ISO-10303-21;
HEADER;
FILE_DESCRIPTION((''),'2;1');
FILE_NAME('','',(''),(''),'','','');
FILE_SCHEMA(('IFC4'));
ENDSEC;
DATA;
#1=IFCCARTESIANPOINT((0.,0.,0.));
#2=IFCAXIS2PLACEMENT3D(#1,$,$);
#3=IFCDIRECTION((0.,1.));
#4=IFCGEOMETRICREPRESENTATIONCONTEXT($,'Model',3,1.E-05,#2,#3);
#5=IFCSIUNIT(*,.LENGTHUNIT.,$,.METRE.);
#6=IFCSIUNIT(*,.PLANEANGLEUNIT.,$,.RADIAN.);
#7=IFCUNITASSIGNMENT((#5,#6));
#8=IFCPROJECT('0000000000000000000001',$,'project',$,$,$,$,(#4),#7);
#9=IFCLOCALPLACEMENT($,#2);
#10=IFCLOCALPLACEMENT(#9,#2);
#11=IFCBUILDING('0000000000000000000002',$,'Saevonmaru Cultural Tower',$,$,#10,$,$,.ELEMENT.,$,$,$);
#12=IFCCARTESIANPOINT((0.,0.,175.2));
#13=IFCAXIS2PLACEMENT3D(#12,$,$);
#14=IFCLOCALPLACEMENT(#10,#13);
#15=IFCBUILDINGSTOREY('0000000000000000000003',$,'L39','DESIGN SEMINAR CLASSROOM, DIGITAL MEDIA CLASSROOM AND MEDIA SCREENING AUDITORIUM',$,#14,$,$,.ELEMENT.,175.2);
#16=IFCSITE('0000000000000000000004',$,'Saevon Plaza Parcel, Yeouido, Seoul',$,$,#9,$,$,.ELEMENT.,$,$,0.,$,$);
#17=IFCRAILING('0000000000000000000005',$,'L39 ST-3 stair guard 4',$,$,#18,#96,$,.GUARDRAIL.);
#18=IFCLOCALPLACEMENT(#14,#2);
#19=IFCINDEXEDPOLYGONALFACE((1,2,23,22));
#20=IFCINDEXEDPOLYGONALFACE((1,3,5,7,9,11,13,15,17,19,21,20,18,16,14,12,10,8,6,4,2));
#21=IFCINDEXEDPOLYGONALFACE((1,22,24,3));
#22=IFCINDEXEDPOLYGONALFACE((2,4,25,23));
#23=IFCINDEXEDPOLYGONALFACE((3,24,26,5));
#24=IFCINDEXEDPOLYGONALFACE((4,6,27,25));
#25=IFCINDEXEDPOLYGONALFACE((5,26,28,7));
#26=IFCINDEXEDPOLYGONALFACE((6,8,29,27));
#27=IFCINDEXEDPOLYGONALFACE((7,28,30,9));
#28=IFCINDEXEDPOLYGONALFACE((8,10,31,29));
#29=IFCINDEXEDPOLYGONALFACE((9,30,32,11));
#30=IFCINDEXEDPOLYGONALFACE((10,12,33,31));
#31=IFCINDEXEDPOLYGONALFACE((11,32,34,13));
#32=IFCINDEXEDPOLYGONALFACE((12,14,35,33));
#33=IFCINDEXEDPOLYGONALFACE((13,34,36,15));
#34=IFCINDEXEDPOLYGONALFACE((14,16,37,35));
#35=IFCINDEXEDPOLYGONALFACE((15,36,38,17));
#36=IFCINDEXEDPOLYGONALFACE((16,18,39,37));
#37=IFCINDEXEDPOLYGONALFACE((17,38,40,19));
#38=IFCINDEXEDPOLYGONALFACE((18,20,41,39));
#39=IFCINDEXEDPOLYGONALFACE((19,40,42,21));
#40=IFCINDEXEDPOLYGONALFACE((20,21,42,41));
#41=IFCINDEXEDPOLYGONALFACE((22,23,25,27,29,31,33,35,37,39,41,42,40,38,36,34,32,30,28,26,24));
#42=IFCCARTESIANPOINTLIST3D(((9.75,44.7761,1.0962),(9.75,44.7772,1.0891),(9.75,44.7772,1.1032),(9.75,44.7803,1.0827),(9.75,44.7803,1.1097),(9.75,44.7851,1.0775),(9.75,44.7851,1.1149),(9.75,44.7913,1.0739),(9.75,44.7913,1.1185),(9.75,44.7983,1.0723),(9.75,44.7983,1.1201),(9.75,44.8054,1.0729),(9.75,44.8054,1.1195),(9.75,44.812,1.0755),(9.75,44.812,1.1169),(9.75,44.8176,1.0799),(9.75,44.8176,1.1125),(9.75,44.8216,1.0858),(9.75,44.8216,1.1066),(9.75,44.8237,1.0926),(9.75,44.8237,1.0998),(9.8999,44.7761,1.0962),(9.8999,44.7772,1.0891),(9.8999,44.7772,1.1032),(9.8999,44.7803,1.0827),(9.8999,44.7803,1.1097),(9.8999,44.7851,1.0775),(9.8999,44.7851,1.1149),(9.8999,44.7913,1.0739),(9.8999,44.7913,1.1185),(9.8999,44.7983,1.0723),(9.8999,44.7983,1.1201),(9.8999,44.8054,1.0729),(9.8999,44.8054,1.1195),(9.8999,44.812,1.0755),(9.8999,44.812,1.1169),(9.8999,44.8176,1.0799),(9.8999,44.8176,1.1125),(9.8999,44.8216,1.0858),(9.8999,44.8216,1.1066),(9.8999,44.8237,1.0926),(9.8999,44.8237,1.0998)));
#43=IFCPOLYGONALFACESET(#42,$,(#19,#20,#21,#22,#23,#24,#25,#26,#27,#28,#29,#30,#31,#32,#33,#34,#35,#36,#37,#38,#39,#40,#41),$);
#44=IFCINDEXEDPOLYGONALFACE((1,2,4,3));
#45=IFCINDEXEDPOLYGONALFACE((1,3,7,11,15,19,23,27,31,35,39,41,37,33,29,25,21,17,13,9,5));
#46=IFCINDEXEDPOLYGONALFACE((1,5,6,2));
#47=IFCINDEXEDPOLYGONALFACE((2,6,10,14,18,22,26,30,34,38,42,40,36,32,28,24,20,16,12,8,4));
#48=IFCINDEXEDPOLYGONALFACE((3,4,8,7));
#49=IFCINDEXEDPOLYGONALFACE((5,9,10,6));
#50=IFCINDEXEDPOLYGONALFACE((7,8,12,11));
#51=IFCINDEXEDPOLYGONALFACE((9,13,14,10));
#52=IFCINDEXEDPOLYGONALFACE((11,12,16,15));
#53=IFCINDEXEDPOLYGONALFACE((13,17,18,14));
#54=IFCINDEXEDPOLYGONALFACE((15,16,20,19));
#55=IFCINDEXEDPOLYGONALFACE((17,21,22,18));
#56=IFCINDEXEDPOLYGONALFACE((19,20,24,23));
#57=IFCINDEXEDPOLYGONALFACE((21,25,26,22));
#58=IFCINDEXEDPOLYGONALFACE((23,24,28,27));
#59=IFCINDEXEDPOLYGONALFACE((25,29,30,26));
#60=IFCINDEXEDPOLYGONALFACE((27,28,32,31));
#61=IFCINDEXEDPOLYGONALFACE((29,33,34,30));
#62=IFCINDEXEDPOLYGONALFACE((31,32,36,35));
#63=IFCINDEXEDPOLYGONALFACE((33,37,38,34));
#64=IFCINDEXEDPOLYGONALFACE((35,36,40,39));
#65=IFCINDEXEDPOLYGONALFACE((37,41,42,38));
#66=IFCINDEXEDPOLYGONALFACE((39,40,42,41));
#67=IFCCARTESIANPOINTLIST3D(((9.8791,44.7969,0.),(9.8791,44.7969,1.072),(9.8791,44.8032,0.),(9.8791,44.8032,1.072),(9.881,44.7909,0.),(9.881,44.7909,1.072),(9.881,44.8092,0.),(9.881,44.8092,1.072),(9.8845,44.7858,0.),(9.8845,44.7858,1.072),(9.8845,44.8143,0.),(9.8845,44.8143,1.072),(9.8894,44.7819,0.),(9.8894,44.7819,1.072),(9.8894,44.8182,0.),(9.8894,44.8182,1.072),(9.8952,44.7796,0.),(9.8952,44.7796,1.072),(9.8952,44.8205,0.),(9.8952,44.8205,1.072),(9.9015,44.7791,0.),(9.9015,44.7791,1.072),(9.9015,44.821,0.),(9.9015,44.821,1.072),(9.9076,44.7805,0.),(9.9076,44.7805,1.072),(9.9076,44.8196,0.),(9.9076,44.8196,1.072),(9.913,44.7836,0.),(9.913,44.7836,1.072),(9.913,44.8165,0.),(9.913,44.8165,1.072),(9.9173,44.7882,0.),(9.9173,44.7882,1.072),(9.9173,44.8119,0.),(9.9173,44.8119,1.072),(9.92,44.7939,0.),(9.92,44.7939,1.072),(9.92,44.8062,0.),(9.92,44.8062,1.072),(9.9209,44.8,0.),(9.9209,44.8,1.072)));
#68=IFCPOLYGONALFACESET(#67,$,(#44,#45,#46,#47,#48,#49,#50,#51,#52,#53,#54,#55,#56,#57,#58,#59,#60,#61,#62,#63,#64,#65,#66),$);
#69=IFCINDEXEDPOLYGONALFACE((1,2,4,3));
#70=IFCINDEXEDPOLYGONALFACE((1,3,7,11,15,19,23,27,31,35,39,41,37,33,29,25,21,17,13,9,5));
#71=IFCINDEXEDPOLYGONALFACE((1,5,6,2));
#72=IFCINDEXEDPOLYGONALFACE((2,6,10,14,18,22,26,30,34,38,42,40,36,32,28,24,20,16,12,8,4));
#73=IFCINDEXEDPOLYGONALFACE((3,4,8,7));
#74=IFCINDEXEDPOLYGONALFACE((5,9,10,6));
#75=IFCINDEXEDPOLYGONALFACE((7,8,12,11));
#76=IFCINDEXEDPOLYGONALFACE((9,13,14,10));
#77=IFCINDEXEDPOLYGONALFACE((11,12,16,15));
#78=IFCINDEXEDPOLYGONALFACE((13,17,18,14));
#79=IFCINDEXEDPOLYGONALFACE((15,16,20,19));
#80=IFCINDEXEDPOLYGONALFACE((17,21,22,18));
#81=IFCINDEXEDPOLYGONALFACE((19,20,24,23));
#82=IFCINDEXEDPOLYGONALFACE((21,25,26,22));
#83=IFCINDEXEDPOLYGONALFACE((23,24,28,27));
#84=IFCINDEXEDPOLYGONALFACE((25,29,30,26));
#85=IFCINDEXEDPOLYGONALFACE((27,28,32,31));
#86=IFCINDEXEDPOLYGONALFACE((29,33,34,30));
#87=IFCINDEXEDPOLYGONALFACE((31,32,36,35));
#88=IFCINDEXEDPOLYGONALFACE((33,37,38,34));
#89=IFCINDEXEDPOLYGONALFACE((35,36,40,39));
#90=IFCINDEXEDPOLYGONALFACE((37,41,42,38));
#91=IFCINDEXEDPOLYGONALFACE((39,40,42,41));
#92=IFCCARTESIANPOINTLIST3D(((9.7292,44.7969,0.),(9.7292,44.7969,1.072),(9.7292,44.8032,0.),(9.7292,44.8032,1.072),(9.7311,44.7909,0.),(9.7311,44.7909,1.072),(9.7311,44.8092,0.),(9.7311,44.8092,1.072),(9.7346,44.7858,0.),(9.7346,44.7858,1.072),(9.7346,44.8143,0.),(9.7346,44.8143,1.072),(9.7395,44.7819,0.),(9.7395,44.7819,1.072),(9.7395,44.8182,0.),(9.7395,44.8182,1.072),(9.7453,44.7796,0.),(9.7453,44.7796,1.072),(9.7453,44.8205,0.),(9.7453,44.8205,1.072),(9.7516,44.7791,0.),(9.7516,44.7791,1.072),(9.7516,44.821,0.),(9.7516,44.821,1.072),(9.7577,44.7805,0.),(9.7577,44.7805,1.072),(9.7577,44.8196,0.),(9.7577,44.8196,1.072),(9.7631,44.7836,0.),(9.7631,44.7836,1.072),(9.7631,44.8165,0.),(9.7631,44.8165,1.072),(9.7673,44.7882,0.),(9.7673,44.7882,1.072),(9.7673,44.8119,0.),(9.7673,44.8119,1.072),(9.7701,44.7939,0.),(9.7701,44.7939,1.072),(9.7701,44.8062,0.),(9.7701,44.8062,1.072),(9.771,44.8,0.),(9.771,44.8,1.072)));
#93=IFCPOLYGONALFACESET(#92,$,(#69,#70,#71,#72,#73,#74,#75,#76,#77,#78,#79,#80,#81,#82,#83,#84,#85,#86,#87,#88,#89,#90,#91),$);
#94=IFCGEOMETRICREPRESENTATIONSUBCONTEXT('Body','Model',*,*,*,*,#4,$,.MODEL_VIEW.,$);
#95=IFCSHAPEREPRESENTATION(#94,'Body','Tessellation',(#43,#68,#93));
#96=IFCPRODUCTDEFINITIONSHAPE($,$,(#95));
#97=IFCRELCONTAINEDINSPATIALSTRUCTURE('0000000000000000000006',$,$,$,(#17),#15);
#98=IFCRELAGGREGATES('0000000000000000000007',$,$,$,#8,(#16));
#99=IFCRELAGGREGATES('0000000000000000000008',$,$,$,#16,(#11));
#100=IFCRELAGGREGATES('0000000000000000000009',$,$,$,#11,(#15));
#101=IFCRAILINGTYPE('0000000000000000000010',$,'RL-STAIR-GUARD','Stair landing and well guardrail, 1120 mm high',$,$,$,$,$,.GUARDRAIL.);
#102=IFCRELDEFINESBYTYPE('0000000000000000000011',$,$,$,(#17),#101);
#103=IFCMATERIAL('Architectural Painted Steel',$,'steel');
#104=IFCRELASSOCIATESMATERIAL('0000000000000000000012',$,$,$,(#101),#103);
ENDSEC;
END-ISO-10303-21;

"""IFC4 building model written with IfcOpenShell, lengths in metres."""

from ifc_helpers import new_model, si_unit, direction, frame, origin, origin_2d, place, context, subcontext, project, spatial, circle, extrude, material, type_object, element, save


model = new_model("IFC4")

# Units and contexts
model_context = context("Model", 3, precision=1e-05, world=origin(), true_north=direction((0.0, 1.0)))
body_context = subcontext(model_context, "Body", "Model", "MODEL_VIEW")
ifc_project = project(units=[si_unit("LENGTHUNIT", "METRE"), si_unit("PLANEANGLEUNIT", "RADIAN")], contexts=[model_context])

# Site, building, storey
site_placement = place(None, origin())
site = spatial("IfcSite", under=ifc_project, at=site_placement, Name="Saevon Plaza Parcel, Yeouido, Seoul", CompositionType="ELEMENT", RefElevation=0.0)
building_placement = place(site_placement, origin())
building = spatial("IfcBuilding", under=site, at=building_placement, Name="Saevonmaru Cultural Tower", CompositionType="ELEMENT")
storey_placement = place(building_placement, frame((0.0, 0.0, 175.2)))
storey = spatial("IfcBuildingStorey", under=building, at=storey_placement, Name="L39", Description="DESIGN SEMINAR CLASSROOM, DIGITAL MEDIA CLASSROOM AND MEDIA SCREENING AUDITORIUM", CompositionType="ELEMENT", Elevation=175.2)

# Railing
ifc_material_1 = material(Name="Architectural Painted Steel", Category="steel")
railing_type_1 = type_object("IfcRailingType", Name="RL-STAIR-GUARD", Description="Stair landing and well guardrail, 1120 mm high", PredefinedType="GUARDRAIL", material=ifc_material_1)
railing_1_placement = place(storey_placement, frame((9.8999, 44.8, 0.0)))
element("IfcRailing", 1, at=railing_1_placement, inside=storey, type_object=railing_type_1, Name="L39 ST-3 stair guard 4", PredefinedType="GUARDRAIL", context=body_context, shape_type="SweptSolid", body=[
    extrude(circle(Radius=0.0239, at=origin_2d()), frame((0.0, 0.0, 1.0962), z_axis=(-1.0, 0.0, 0.0), x_axis=(0.0, -1.0, 0.0)), (0.0, 0.0, 1.0), 0.1499),
    extrude(circle(Radius=0.021, at=origin_2d()), origin(), (0.0, 0.0, 1.0), 1.072),
    extrude(circle(Radius=0.021, at=origin_2d()), frame((-0.1499, 0.0, 0.0)), (0.0, 0.0, 1.0), 1.072),
])

save(model, "model.ifc")
